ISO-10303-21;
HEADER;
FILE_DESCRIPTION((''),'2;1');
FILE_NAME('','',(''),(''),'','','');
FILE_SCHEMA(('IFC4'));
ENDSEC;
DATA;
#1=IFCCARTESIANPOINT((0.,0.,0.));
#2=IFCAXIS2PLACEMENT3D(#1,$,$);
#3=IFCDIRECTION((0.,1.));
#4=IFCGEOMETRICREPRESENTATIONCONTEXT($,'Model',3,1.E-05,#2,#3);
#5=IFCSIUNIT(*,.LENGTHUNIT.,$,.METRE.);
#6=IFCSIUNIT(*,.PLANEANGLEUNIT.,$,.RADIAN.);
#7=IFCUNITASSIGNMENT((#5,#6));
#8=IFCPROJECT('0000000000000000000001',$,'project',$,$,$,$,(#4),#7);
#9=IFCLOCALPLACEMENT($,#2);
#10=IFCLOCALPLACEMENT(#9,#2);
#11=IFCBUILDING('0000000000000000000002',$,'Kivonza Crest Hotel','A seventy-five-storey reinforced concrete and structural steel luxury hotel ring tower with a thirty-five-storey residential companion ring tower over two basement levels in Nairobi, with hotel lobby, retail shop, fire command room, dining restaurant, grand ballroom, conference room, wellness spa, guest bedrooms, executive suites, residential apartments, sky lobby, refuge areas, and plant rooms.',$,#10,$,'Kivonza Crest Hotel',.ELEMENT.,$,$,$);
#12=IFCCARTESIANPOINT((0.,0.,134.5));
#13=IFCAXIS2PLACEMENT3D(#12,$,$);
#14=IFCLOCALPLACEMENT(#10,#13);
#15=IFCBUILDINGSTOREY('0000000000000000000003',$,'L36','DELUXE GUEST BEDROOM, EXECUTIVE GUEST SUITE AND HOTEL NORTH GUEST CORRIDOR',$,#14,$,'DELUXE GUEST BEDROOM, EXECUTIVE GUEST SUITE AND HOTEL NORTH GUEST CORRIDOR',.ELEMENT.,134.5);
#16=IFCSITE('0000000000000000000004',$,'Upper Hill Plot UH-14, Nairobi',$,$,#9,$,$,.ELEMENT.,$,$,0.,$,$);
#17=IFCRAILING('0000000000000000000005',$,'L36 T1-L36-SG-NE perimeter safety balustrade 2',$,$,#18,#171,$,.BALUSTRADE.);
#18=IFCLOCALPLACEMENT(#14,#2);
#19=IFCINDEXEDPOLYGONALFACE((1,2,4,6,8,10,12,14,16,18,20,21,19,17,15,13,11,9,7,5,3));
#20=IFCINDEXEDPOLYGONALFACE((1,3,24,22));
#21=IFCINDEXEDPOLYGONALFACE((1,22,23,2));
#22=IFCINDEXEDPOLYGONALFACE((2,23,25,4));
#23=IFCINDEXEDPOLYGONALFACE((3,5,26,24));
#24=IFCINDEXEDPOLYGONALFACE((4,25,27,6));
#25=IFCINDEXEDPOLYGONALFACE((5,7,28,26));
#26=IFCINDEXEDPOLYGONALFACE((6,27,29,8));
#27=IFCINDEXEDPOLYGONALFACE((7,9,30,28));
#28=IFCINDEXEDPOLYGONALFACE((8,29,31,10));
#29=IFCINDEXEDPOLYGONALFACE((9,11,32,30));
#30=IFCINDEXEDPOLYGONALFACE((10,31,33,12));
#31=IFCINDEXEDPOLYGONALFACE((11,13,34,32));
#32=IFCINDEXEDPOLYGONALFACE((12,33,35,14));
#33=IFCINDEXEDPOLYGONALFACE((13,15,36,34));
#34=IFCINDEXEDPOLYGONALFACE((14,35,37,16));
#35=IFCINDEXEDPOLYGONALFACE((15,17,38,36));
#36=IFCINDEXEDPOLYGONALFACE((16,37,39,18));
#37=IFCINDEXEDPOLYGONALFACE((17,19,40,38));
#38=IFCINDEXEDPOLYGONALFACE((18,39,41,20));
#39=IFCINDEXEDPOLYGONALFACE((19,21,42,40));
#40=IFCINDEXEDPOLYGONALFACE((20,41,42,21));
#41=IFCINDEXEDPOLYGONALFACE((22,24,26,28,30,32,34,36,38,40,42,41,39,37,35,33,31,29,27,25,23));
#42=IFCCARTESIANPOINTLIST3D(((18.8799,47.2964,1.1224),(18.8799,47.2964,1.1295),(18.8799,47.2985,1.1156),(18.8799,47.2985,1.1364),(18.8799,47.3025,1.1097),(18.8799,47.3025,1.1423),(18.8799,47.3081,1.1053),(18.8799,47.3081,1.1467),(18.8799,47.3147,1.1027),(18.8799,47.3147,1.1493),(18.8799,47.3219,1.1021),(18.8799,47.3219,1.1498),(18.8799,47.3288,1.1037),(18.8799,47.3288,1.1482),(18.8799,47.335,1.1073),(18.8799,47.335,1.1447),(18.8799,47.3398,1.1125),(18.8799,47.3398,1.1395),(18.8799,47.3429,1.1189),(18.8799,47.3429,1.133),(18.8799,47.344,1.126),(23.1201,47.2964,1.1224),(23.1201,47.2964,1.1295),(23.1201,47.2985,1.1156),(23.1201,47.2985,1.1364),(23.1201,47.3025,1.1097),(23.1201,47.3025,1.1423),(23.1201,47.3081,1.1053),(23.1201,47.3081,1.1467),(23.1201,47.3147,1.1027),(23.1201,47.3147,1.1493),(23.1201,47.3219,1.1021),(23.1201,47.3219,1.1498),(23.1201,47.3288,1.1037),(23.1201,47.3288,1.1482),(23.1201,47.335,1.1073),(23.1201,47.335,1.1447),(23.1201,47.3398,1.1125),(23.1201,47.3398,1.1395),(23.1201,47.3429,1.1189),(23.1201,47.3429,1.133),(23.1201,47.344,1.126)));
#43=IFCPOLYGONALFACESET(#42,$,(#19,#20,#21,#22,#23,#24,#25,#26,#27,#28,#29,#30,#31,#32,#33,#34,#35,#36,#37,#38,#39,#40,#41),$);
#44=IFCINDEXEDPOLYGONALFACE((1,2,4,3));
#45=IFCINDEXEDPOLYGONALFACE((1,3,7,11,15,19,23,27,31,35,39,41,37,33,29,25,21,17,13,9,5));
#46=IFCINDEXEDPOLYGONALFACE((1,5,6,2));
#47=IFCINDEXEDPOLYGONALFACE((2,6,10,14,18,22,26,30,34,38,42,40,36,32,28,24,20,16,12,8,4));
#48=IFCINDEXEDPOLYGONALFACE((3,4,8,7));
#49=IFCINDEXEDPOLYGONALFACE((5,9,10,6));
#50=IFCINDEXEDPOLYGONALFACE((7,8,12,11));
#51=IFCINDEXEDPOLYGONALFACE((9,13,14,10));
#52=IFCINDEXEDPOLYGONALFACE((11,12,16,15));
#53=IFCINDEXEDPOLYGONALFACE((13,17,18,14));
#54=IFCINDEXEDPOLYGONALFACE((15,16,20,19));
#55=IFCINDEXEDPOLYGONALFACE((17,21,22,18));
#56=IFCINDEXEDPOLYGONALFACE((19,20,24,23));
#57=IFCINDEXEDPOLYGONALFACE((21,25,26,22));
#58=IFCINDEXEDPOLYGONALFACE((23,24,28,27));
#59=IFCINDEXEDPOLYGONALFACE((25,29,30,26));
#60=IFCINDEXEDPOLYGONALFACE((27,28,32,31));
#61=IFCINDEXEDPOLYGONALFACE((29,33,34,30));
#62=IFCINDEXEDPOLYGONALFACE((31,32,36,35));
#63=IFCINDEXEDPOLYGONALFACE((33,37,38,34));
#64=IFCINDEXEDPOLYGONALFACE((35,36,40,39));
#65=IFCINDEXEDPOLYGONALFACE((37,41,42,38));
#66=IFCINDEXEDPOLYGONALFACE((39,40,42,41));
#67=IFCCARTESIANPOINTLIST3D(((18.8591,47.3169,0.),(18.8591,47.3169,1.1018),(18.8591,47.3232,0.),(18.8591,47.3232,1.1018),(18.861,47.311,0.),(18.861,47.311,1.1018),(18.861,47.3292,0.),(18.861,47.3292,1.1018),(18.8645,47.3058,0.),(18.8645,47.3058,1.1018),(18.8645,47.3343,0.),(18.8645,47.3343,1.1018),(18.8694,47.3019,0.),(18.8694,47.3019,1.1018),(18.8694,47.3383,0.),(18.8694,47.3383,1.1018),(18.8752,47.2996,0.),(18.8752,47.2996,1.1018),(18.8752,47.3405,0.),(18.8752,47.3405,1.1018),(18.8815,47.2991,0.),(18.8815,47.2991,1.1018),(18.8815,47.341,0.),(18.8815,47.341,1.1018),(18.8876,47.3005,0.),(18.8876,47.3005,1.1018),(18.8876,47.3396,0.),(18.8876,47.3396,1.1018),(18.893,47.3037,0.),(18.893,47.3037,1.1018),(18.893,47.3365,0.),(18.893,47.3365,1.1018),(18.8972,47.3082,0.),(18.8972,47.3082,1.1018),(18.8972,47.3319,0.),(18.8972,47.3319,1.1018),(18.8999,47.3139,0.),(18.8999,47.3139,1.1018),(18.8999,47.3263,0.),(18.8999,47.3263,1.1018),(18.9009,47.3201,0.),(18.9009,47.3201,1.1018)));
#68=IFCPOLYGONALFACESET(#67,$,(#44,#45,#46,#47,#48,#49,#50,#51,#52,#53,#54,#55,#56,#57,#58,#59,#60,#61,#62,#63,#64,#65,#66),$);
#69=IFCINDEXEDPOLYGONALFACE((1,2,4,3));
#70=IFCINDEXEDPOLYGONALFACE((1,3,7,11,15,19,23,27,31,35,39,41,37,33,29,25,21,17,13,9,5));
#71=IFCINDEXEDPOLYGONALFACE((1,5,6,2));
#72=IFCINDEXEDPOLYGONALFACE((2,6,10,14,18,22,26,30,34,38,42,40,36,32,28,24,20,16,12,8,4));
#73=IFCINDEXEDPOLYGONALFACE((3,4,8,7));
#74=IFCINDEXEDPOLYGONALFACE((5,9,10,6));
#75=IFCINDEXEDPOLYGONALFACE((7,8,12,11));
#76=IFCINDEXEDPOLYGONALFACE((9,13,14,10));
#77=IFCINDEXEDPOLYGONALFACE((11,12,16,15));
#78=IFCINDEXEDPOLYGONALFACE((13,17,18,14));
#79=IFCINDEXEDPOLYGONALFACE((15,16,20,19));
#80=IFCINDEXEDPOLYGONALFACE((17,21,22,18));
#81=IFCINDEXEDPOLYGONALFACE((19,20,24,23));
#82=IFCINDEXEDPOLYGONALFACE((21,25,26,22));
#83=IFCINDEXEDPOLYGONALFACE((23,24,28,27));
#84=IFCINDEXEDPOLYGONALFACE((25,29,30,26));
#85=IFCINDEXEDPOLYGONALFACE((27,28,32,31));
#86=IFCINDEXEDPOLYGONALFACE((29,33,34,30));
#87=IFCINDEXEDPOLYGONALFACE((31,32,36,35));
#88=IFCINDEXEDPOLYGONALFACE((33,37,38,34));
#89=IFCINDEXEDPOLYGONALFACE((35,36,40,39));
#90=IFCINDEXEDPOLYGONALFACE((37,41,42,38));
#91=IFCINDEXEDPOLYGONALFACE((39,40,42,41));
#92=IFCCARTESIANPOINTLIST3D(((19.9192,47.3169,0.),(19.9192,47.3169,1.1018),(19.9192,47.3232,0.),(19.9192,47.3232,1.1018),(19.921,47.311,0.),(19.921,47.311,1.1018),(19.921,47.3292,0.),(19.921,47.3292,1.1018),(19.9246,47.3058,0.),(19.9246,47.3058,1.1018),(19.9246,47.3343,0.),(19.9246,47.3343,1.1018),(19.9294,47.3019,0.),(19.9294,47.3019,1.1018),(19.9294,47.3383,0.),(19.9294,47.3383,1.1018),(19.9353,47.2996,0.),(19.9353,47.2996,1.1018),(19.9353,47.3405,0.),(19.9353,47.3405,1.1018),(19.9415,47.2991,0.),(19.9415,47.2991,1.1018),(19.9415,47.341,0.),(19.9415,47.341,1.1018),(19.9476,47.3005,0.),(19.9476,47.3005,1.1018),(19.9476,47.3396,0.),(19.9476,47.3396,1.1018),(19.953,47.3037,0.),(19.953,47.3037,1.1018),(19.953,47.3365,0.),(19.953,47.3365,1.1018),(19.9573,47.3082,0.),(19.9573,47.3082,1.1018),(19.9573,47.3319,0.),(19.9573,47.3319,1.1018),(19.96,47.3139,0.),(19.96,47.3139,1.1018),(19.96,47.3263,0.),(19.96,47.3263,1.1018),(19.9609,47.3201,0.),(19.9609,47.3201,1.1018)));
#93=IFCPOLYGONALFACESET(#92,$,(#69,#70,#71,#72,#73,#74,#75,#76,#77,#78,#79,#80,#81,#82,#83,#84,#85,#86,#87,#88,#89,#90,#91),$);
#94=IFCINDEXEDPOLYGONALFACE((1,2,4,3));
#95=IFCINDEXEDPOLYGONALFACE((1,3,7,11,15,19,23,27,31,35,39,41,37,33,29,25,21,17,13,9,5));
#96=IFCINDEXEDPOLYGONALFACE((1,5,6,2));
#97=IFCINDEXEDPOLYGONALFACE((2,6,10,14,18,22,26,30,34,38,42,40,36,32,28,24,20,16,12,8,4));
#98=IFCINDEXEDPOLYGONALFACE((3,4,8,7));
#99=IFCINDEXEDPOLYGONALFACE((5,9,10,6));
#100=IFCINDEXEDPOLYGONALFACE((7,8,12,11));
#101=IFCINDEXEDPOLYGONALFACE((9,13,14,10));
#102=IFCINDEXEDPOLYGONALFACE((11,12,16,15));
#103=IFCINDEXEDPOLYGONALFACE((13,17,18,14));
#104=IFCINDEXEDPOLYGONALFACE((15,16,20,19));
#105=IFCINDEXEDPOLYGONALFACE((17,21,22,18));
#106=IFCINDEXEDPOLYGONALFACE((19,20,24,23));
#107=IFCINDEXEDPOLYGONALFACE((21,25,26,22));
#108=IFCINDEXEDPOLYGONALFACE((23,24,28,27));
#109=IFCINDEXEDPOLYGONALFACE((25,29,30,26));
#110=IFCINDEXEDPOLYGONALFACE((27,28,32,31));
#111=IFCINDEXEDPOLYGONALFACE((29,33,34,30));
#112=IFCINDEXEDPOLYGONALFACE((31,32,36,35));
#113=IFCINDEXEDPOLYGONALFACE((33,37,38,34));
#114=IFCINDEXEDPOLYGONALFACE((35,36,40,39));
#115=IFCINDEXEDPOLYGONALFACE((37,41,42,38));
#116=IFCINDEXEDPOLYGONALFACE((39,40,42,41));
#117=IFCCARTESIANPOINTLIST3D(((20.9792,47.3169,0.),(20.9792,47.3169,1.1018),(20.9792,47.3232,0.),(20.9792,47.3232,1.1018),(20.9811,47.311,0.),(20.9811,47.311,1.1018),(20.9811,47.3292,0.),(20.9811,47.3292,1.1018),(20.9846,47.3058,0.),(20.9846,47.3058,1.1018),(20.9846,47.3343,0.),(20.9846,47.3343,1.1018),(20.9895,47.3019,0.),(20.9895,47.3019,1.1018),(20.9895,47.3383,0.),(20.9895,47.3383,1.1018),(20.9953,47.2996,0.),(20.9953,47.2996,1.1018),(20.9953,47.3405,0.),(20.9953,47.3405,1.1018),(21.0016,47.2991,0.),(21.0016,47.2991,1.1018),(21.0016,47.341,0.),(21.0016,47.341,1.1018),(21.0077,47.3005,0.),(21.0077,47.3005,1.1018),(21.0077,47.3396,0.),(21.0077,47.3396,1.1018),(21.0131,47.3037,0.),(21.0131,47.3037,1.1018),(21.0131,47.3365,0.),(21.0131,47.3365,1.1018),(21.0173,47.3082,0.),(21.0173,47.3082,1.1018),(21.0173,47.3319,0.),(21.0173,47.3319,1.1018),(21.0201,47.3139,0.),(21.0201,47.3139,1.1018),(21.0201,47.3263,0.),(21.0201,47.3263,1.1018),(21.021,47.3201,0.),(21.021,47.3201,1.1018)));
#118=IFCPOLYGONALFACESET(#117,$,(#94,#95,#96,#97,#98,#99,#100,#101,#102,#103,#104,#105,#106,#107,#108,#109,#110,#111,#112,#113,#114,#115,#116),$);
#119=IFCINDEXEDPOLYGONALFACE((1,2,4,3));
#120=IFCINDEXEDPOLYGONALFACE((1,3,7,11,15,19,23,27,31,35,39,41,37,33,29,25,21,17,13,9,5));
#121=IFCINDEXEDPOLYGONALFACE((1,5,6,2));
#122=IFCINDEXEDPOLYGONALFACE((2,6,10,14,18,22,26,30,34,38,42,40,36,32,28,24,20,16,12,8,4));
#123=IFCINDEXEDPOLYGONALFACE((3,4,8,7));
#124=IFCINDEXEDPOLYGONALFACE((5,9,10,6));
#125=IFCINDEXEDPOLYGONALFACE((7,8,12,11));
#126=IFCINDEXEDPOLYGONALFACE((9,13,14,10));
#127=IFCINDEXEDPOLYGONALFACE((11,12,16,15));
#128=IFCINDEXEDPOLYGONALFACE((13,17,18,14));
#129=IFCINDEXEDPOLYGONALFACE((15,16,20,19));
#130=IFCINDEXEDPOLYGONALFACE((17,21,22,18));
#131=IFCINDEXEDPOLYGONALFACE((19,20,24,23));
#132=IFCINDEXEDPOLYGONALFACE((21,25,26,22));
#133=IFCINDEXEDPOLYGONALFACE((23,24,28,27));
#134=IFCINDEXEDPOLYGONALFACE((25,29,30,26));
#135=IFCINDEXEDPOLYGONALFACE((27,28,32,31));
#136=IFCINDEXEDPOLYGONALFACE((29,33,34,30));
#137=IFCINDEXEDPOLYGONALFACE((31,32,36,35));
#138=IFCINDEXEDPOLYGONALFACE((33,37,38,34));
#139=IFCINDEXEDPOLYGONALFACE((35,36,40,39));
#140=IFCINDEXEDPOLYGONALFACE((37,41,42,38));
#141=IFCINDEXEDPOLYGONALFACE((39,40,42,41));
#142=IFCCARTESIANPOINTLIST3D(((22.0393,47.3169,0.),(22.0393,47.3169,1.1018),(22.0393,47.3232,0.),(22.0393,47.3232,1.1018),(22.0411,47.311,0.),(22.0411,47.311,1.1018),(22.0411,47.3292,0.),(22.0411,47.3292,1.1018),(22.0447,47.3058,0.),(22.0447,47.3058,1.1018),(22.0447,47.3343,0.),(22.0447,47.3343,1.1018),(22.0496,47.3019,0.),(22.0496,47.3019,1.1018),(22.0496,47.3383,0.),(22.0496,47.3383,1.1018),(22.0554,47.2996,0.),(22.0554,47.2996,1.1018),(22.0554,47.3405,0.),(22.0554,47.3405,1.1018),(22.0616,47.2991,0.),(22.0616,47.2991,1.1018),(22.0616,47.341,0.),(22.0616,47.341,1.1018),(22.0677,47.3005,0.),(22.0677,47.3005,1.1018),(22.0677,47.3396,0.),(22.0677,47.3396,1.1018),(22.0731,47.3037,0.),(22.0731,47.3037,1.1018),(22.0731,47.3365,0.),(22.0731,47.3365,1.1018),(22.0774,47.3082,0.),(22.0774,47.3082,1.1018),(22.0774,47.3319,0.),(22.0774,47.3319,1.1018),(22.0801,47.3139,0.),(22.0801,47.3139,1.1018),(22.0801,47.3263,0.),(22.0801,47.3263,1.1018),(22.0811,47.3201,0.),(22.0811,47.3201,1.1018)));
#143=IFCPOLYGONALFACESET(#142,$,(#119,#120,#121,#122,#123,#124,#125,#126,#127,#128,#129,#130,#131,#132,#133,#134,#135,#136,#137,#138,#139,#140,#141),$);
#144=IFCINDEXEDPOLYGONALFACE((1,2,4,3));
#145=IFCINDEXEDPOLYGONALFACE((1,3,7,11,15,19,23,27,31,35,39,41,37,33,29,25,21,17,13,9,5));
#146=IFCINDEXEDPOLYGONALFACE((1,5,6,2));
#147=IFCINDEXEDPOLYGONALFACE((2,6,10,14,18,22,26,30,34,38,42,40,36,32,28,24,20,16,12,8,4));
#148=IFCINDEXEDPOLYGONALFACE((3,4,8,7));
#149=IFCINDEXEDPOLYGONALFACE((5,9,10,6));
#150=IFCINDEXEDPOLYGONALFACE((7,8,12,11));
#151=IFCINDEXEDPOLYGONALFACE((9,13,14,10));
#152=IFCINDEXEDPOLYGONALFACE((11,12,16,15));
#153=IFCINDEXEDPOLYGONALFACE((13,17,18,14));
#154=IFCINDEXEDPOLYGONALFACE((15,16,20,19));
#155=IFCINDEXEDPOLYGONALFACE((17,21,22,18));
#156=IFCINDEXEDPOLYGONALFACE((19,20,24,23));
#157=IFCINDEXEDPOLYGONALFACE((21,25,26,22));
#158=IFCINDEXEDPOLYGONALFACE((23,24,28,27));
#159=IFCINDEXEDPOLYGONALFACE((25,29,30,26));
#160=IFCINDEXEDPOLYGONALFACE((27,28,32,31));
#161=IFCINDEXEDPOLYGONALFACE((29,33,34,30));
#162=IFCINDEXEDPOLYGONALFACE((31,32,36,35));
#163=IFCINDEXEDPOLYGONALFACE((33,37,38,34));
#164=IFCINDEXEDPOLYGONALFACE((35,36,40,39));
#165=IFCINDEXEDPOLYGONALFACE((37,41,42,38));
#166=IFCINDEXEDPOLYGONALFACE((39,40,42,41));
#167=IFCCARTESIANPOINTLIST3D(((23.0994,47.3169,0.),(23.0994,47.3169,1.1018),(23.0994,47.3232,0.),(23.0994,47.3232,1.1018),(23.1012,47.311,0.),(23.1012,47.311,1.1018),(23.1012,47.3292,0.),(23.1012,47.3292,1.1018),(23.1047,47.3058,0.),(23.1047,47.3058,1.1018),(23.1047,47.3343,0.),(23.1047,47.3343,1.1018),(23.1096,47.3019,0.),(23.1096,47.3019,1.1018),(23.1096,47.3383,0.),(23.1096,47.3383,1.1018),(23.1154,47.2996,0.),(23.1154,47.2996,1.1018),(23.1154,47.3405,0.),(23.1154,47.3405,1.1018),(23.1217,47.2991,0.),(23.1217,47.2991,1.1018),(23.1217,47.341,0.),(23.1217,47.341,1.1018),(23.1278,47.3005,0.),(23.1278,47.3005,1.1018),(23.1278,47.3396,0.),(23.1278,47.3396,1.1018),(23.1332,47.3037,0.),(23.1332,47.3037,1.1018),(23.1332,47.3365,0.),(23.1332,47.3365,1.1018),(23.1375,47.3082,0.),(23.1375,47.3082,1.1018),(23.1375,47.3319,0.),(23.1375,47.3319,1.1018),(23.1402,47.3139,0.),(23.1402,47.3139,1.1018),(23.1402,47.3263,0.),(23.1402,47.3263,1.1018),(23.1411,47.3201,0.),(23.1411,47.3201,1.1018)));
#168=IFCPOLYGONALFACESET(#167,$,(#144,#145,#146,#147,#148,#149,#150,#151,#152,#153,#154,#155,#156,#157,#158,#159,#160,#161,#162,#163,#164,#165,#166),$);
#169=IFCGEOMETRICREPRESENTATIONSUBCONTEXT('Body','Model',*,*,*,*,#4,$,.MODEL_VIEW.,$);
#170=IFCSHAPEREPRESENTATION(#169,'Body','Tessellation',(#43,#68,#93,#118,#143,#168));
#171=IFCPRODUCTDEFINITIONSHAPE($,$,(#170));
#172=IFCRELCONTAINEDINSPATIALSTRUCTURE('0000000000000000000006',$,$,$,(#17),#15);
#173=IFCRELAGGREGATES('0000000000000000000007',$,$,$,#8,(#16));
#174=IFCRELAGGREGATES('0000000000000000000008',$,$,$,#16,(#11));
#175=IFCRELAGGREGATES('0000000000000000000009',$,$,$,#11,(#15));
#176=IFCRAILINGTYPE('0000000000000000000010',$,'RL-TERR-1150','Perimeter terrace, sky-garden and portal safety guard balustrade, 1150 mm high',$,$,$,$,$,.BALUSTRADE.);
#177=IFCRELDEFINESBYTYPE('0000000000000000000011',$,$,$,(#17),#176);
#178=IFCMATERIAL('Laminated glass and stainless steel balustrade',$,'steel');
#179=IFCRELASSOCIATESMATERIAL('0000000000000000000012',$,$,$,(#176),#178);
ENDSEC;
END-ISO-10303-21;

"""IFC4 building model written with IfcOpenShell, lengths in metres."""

from ifc_helpers import new_model, si_unit, direction, frame, origin, origin_2d, place, context, subcontext, project, spatial, circle, extrude, material, type_object, element, save


model = new_model("IFC4")

# Units and contexts
model_context = context("Model", 3, precision=1e-05, world=origin(), true_north=direction((0.0, 1.0)))
body_context = subcontext(model_context, "Body", "Model", "MODEL_VIEW")
ifc_project = project(units=[si_unit("LENGTHUNIT", "METRE"), si_unit("PLANEANGLEUNIT", "RADIAN")], contexts=[model_context])

# Site, building, storey
site_placement = place(None, origin())
site = spatial("IfcSite", under=ifc_project, at=site_placement, Name="Upper Hill Plot UH-14, Nairobi", CompositionType="ELEMENT", RefElevation=0.0)
building_placement = place(site_placement, origin())
building = spatial("IfcBuilding", under=site, at=building_placement, Name="Kivonza Crest Hotel", Description="A seventy-five-storey reinforced concrete and structural steel luxury hotel ring tower with a thirty-five-storey residential companion ring tower over two basement levels in Nairobi, with hotel lobby, retail shop, fire command room, dining restaurant, grand ballroom, conference room, wellness spa, guest bedrooms, executive suites, residential apartments, sky lobby, refuge areas, and plant rooms.", LongName="Kivonza Crest Hotel", CompositionType="ELEMENT")
storey_placement = place(building_placement, frame((0.0, 0.0, 134.5)))
storey = spatial("IfcBuildingStorey", under=building, at=storey_placement, Name="L36", Description="DELUXE GUEST BEDROOM, EXECUTIVE GUEST SUITE AND HOTEL NORTH GUEST CORRIDOR", LongName="DELUXE GUEST BEDROOM, EXECUTIVE GUEST SUITE AND HOTEL NORTH GUEST CORRIDOR", CompositionType="ELEMENT", Elevation=134.5)

# Railing
ifc_material_1 = material(Name="Laminated glass and stainless steel balustrade", Category="steel")
railing_type = type_object("IfcRailingType", Name="RL-TERR-1150", Description="Perimeter terrace, sky-garden and portal safety guard balustrade, 1150 mm high", PredefinedType="BALUSTRADE", material=ifc_material_1)
railing_1_placement = place(storey_placement, frame((18.8799, 47.3201, 0.0)))
element("IfcRailing", 1, at=railing_1_placement, inside=storey, type_object=railing_type, Name="L36 T1-L36-SG-NE perimeter safety balustrade 2", PredefinedType="BALUSTRADE", context=body_context, shape_type="SweptSolid", body=[
    extrude(circle(Radius=0.0239, at=origin_2d()), frame((0.0, 0.0, 1.126), z_axis=(1.0, 0.0, 0.0), x_axis=(0.0, 1.0, 0.0)), (0.0, 0.0, 1.0), 4.2402),
    extrude(circle(Radius=0.021, at=origin_2d()), origin(), (0.0, 0.0, 1.0), 1.1018),
    extrude(circle(Radius=0.021, at=origin_2d()), frame((1.0601, 0.0, 0.0)), (0.0, 0.0, 1.0), 1.1018),
    extrude(circle(Radius=0.021, at=origin_2d()), frame((2.1201, 0.0, 0.0)), (0.0, 0.0, 1.0), 1.1018),
    extrude(circle(Radius=0.021, at=origin_2d()), frame((3.1802, 0.0, 0.0)), (0.0, 0.0, 1.0), 1.1018),
    extrude(circle(Radius=0.021, at=origin_2d()), frame((4.2402, 0.0, 0.0)), (0.0, 0.0, 1.0), 1.1018),
])

save(model, "model.ifc")
